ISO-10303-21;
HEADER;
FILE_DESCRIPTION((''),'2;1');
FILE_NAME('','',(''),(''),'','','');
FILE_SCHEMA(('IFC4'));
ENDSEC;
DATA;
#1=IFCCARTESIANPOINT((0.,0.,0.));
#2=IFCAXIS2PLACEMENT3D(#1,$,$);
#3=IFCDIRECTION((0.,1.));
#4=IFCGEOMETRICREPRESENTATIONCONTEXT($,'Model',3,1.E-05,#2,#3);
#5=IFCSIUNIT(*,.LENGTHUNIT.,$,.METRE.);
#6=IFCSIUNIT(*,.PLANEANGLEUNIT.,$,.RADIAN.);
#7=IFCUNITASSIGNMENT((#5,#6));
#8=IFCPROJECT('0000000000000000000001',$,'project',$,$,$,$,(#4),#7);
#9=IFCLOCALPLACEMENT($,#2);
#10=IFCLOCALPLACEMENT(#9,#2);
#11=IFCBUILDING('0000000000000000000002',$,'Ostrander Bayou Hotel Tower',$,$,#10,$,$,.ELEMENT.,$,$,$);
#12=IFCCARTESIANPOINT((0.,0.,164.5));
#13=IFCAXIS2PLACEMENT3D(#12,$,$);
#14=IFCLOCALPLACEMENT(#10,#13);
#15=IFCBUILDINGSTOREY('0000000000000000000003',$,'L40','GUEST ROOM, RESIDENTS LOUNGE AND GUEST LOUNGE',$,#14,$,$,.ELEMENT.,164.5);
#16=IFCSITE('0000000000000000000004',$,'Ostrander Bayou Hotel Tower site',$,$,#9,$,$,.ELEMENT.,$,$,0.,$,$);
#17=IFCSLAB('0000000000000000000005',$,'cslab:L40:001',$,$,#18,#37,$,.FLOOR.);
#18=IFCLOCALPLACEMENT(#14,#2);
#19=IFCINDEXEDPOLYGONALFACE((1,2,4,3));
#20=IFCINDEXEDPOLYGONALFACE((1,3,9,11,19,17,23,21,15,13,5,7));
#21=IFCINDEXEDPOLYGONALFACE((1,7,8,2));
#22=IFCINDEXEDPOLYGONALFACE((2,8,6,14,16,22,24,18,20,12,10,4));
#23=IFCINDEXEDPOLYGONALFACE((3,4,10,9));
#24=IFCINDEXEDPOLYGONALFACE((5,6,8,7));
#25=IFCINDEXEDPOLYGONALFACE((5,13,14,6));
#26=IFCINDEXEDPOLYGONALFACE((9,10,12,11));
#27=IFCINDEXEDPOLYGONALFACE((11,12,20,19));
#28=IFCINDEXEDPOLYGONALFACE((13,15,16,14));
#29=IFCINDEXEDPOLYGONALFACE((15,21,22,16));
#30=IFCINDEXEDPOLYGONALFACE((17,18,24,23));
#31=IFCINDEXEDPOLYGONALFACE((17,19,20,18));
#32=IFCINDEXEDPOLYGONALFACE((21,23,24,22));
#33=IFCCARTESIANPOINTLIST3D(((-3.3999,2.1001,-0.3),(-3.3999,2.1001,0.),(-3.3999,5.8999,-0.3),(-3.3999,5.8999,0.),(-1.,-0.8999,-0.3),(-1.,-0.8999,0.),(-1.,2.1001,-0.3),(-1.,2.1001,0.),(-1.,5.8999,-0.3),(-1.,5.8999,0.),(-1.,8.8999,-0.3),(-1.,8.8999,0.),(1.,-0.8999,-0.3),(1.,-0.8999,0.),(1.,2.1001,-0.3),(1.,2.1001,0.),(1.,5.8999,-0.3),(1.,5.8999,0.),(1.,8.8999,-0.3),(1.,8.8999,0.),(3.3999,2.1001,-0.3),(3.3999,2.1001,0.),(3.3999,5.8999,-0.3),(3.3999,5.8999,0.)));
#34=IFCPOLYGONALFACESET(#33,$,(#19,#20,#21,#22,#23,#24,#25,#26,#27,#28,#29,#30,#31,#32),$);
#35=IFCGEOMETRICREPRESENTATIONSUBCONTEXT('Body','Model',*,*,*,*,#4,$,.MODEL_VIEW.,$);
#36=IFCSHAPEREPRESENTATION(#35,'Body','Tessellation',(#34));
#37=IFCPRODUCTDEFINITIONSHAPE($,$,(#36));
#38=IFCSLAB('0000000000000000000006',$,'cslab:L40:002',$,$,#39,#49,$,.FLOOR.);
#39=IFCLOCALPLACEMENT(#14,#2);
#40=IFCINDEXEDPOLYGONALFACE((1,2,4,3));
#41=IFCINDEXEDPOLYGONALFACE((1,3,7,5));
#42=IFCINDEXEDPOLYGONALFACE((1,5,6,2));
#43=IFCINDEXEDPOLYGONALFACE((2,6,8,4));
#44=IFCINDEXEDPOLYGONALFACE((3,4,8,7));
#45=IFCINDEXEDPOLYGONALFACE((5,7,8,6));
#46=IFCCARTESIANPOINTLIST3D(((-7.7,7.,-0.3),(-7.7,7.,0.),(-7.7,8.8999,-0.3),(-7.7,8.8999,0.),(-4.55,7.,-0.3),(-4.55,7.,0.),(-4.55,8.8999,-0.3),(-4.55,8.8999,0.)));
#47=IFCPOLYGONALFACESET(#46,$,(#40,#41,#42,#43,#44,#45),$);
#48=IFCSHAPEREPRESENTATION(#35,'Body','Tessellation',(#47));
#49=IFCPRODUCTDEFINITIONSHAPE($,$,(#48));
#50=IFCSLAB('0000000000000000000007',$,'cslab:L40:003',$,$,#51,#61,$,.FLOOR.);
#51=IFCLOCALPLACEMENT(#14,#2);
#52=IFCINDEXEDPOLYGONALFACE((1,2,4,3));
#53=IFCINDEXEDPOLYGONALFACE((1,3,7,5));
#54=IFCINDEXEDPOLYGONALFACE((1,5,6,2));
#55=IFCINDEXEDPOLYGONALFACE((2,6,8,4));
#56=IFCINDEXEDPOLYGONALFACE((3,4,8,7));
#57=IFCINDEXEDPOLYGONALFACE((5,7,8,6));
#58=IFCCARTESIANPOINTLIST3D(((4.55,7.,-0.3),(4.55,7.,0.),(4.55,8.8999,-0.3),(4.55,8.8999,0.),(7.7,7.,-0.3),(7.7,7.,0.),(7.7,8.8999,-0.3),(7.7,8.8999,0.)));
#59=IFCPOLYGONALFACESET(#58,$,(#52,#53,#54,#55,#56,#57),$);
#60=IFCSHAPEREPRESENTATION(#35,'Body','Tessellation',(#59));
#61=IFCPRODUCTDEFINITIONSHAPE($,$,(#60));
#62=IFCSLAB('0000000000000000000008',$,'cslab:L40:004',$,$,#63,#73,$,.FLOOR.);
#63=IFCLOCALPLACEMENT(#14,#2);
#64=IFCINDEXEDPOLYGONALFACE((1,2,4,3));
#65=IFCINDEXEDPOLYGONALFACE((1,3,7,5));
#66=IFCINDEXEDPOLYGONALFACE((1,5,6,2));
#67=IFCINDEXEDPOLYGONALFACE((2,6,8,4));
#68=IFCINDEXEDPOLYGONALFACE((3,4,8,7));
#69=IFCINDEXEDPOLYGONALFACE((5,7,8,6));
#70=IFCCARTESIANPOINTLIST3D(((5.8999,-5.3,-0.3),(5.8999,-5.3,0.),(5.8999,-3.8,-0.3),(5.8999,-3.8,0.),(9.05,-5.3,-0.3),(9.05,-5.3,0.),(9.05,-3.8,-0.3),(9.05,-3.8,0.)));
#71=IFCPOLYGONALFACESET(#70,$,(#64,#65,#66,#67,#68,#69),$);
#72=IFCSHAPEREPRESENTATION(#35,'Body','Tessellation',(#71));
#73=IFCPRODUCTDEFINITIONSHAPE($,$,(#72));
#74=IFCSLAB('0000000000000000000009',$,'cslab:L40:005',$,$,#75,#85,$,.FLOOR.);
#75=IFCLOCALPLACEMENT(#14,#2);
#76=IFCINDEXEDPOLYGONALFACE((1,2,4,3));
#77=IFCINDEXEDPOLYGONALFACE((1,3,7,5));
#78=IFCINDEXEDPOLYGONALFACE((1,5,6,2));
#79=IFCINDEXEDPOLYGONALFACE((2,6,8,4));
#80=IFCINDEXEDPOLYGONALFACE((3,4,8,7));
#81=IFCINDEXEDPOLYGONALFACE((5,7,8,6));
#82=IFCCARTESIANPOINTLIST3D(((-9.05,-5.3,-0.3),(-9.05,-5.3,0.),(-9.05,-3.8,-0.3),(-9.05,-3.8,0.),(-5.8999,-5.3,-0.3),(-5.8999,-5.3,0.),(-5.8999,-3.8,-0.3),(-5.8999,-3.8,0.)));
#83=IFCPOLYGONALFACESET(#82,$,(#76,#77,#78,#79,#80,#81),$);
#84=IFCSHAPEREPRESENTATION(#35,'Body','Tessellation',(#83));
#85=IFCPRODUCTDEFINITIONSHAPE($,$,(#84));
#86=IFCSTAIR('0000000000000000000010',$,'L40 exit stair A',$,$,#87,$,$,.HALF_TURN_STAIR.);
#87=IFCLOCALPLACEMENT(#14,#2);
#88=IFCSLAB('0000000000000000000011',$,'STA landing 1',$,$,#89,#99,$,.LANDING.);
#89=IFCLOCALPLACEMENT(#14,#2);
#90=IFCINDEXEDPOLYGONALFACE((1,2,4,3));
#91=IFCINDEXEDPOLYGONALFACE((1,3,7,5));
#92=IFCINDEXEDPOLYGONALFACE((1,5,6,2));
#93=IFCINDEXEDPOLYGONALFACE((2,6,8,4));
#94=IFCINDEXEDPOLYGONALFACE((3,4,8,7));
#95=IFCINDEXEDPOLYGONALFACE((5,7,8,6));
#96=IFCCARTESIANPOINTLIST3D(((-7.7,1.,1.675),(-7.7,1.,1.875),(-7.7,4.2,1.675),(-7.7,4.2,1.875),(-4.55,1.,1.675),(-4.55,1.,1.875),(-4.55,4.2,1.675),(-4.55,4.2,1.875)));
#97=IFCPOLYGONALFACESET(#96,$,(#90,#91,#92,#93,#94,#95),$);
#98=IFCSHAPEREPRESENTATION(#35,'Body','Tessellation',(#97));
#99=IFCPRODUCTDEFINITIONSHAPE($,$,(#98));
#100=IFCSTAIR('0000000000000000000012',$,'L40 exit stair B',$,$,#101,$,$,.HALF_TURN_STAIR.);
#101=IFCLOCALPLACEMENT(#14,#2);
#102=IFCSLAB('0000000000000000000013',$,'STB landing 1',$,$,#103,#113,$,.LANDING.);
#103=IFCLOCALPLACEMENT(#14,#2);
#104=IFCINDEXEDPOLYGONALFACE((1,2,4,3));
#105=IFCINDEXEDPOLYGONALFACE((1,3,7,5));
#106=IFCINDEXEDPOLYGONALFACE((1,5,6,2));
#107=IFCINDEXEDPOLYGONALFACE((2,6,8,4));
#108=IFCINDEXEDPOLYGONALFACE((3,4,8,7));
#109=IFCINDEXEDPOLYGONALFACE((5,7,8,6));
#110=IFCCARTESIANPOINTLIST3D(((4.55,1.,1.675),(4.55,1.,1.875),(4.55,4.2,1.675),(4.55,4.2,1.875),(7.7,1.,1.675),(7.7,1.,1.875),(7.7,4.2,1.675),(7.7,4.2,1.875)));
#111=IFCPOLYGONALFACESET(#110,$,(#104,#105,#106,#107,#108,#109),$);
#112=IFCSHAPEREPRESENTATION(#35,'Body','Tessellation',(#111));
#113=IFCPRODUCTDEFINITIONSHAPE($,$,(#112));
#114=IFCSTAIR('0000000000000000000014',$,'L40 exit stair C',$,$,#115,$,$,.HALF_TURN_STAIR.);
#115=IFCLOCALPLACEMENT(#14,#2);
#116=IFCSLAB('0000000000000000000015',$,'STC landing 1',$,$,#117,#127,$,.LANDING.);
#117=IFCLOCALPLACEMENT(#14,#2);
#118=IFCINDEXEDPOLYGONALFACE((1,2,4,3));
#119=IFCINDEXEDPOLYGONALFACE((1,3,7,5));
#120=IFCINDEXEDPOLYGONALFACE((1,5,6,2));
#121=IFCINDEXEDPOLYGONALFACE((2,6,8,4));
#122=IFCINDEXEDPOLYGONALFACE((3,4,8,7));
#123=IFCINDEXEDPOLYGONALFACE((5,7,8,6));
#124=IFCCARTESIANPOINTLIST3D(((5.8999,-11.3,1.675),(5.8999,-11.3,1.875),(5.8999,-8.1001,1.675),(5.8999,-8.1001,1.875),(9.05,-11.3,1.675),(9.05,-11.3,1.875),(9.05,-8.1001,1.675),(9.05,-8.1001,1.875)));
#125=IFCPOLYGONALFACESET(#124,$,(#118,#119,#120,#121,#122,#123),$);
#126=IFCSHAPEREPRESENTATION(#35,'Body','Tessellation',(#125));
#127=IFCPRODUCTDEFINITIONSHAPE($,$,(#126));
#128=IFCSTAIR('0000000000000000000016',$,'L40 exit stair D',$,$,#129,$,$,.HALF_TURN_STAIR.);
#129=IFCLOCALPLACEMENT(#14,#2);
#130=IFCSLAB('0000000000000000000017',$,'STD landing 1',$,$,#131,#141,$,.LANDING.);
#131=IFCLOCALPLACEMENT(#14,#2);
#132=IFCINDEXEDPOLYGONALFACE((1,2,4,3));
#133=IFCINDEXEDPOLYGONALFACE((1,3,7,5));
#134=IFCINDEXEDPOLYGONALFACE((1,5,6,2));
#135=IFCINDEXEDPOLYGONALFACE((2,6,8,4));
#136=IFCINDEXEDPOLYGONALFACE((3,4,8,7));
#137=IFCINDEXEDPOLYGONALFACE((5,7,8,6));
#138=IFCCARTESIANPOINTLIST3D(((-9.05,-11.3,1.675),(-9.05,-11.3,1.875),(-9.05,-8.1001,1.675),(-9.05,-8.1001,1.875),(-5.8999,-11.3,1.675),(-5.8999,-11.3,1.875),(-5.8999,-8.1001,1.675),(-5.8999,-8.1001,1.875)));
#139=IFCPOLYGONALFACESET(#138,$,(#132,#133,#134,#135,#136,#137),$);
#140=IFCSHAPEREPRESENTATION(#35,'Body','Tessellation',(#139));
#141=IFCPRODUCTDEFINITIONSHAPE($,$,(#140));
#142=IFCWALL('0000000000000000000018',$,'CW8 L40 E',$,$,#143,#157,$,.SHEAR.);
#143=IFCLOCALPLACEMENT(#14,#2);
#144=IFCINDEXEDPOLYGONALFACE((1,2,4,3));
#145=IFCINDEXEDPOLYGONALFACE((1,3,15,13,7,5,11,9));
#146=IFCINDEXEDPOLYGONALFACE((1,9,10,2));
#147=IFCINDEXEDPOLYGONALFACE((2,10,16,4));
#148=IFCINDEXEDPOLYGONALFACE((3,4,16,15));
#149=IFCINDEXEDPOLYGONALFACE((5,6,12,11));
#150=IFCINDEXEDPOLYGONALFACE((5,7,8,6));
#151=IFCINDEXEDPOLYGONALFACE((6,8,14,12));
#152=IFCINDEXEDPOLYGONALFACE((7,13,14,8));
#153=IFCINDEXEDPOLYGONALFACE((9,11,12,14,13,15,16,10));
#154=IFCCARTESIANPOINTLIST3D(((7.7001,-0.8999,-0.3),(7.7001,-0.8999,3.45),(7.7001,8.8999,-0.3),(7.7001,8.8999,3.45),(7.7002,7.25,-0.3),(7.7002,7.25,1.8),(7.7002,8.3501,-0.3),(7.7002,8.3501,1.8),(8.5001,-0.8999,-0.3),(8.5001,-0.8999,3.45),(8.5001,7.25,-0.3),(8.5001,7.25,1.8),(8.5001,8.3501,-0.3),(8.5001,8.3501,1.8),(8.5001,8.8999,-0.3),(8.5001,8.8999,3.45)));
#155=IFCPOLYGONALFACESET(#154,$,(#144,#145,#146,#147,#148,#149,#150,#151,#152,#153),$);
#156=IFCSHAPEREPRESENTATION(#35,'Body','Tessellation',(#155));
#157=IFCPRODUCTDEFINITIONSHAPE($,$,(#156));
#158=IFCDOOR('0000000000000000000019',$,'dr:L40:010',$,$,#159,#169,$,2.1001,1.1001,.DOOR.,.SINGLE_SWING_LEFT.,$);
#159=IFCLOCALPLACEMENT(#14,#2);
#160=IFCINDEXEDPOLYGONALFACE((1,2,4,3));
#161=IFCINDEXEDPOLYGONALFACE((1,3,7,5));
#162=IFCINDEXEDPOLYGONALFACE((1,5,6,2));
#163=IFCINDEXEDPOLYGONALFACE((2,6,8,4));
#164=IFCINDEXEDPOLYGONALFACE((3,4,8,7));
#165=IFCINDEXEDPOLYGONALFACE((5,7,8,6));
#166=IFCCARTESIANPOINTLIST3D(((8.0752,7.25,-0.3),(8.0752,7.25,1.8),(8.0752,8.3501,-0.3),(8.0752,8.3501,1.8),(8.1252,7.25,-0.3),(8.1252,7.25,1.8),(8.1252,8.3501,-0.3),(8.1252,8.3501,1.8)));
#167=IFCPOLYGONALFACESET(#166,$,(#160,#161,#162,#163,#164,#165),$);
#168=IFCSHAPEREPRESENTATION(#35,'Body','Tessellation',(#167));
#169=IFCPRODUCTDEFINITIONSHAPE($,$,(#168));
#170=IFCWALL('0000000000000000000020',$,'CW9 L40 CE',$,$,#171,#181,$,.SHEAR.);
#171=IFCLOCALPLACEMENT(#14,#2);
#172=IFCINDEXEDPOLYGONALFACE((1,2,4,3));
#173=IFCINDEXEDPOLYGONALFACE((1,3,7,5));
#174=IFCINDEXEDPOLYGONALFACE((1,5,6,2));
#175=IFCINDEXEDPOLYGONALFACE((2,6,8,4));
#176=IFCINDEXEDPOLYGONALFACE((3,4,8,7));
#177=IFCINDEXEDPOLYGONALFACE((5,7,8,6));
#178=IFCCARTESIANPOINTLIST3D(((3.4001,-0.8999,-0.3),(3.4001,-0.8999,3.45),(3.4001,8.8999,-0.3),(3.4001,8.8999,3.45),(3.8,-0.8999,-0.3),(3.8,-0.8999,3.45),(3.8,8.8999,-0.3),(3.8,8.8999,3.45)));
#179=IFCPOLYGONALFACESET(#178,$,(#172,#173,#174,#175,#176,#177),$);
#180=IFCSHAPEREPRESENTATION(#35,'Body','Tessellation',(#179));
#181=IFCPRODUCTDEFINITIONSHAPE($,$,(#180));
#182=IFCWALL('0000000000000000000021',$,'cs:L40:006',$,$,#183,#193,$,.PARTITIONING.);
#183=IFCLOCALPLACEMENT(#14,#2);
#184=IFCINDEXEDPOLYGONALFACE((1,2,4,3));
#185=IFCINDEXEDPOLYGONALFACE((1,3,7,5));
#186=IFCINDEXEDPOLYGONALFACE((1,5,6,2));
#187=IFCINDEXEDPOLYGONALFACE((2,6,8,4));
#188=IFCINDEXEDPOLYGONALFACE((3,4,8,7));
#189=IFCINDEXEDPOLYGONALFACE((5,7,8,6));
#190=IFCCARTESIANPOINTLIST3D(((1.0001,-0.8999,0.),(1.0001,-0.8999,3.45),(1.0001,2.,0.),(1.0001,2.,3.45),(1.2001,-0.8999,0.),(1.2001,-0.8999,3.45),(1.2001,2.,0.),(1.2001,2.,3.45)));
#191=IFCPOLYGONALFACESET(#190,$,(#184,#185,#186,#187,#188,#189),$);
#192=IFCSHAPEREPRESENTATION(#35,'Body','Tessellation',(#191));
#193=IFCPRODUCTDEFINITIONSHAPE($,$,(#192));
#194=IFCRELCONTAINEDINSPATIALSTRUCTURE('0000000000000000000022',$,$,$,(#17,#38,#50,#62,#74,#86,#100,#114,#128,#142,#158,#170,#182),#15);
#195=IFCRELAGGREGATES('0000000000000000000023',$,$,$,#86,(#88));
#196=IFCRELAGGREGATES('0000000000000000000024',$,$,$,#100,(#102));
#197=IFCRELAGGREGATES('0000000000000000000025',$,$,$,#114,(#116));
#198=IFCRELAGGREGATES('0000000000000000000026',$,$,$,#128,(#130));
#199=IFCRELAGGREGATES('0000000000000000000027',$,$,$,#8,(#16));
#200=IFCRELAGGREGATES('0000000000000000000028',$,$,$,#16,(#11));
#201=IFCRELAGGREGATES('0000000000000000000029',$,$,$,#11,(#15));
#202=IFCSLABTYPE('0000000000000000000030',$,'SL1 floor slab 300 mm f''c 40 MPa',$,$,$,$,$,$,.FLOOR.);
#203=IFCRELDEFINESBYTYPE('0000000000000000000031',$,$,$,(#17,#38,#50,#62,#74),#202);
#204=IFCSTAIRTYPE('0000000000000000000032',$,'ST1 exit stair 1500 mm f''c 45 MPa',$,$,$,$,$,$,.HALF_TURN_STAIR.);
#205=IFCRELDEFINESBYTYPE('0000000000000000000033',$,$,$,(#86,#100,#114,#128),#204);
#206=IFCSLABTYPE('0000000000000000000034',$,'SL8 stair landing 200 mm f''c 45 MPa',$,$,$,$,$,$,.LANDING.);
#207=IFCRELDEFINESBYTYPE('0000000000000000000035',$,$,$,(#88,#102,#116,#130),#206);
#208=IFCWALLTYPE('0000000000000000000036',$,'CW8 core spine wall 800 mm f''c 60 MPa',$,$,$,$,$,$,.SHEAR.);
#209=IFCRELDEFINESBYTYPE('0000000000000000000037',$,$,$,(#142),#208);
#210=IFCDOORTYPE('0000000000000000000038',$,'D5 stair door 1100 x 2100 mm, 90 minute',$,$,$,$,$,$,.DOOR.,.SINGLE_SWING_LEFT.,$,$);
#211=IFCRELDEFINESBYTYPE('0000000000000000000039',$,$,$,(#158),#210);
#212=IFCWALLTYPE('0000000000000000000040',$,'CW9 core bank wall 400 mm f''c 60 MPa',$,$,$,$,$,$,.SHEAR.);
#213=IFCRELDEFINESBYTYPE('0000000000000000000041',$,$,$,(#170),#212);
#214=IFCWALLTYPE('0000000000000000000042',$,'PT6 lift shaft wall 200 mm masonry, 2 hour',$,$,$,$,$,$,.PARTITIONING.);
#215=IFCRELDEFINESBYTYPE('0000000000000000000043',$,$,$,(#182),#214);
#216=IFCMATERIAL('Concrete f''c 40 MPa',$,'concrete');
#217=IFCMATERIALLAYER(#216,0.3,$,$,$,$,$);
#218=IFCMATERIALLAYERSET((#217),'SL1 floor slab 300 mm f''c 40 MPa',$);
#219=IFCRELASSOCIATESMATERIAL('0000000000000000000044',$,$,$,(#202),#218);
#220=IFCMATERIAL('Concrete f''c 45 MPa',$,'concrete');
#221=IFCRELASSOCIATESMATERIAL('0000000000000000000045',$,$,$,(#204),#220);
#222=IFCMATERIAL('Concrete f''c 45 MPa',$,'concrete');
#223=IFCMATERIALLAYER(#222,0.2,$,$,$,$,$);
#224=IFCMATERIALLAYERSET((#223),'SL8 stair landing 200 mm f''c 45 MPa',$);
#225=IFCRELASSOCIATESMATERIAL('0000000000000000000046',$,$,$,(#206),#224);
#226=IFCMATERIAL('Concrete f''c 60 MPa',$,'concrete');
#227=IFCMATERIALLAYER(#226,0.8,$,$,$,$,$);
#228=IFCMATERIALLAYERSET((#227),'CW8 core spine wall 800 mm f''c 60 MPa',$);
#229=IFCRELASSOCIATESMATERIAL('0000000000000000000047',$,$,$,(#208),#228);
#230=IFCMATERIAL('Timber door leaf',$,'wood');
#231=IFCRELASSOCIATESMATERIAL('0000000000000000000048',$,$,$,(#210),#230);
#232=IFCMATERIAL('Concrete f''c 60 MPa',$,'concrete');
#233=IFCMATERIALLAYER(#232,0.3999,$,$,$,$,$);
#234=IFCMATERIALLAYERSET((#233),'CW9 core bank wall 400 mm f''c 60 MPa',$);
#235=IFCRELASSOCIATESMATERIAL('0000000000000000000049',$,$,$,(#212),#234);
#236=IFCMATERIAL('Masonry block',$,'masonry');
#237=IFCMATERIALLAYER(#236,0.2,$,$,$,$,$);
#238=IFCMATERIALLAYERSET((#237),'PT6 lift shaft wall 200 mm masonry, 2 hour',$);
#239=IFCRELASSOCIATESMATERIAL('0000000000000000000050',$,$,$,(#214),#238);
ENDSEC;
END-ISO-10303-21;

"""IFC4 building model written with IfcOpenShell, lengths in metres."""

from ifc_helpers import new_model, si_unit, direction, frame, frame_2d, origin, place, context, subcontext, project, spatial, polyline, rectangle, outline, extrude, material, layer, layer_set, type_object, element, fill, aggregate, save


model = new_model("IFC4")

# Units and contexts
model_context = context("Model", 3, precision=1e-05, world=origin(), true_north=direction((0.0, 1.0)))
body_context = subcontext(model_context, "Body", "Model", "MODEL_VIEW")
ifc_project = project(units=[si_unit("LENGTHUNIT", "METRE"), si_unit("PLANEANGLEUNIT", "RADIAN")], contexts=[model_context])

# Site, building, storey
site_placement = place(None, origin())
site = spatial("IfcSite", under=ifc_project, at=site_placement, Name="Ostrander Bayou Hotel Tower site", CompositionType="ELEMENT", RefElevation=0.0)
building_placement = place(site_placement, origin())
building = spatial("IfcBuilding", under=site, at=building_placement, Name="Ostrander Bayou Hotel Tower", CompositionType="ELEMENT")
storey_placement = place(building_placement, frame((0.0, 0.0, 164.5)))
storey = spatial("IfcBuildingStorey", under=building, at=storey_placement, Name="L40", Description="GUEST ROOM, RESIDENTS LOUNGE AND GUEST LOUNGE", CompositionType="ELEMENT", Elevation=164.5)

# Slabs
ifc_material_1 = material(Name="Concrete f'c 40 MPa", Category="concrete")
ifc_layer_1 = layer(ifc_material_1, 0.3)
ifc_layer_set_1 = layer_set([ifc_layer_1], Name="SL1 floor slab 300 mm f'c 40 MPa")
slab_type_1 = type_object("IfcSlabType", Name="SL1 floor slab 300 mm f'c 40 MPa", PredefinedType="FLOOR", material=ifc_layer_set_1)
slab_1_placement = place(storey_placement, frame((0.0, 0.0, -0.3)))
element("IfcSlab", 1, at=slab_1_placement, inside=storey, type_object=slab_type_1, Name="cslab:L40:001", PredefinedType="FLOOR", context=body_context, shape_type="SweptSolid", body=[
    extrude(outline(polyline([(-3.3999, 5.8999), (-1.0, 5.8999), (-1.0, 8.8999), (1.0, 8.8999), (1.0, 5.8999), (3.3999, 5.8999), (3.3999, 2.1001), (1.0, 2.1001), (1.0, -0.8999), (-1.0, -0.8999), (-1.0, 2.1001), (-3.3999, 2.1001), (-3.3999, 5.8999)])), origin(), (0.0, 0.0, 1.0), 0.3),
])
slab_2_placement = place(storey_placement, frame((0.0, 0.0, -0.3)))
element("IfcSlab", 2, at=slab_2_placement, inside=storey, type_object=slab_type_1, Name="cslab:L40:002", PredefinedType="FLOOR", context=body_context, shape_type="SweptSolid", body=[
    extrude(outline(polyline([(-4.55, 7.0), (-4.55, 8.8999), (-7.7, 8.8999), (-7.7, 7.0), (-4.55, 7.0)])), origin(), (0.0, 0.0, 1.0), 0.3),
])
slab_3_placement = place(storey_placement, frame((0.0, 0.0, -0.3)))
element("IfcSlab", 3, at=slab_3_placement, inside=storey, type_object=slab_type_1, Name="cslab:L40:003", PredefinedType="FLOOR", context=body_context, shape_type="SweptSolid", body=[
    extrude(outline(polyline([(7.7, 7.0), (7.7, 8.8999), (4.55, 8.8999), (4.55, 7.0), (7.7, 7.0)])), origin(), (0.0, 0.0, 1.0), 0.3),
])
slab_4_placement = place(storey_placement, frame((0.0, 0.0, -0.3)))
element("IfcSlab", 4, at=slab_4_placement, inside=storey, type_object=slab_type_1, Name="cslab:L40:004", PredefinedType="FLOOR", context=body_context, shape_type="SweptSolid", body=[
    extrude(outline(polyline([(9.05, -5.3), (9.05, -3.8), (5.8999, -3.8), (5.8999, -5.3), (9.05, -5.3)])), origin(), (0.0, 0.0, 1.0), 0.3),
])
slab_5_placement = place(storey_placement, frame((0.0, 0.0, -0.3)))
element("IfcSlab", 5, at=slab_5_placement, inside=storey, type_object=slab_type_1, Name="cslab:L40:005", PredefinedType="FLOOR", context=body_context, shape_type="SweptSolid", body=[
    extrude(outline(polyline([(-5.8999, -5.3), (-5.8999, -3.8), (-9.05, -3.8), (-9.05, -5.3), (-5.8999, -5.3)])), origin(), (0.0, 0.0, 1.0), 0.3),
])

# Stairs, slabs
ifc_material_2 = material(Name="Concrete f'c 45 MPa", Category="concrete")
stair_type = type_object("IfcStairType", Name="ST1 exit stair 1500 mm f'c 45 MPa", PredefinedType="HALF_TURN_STAIR", material=ifc_material_2)
stair_1_placement = place(storey_placement, origin())
stair_1 = element("IfcStair", 6, at=stair_1_placement, inside=storey, type_object=stair_type, Name="L40 exit stair A", PredefinedType="HALF_TURN_STAIR")
ifc_material_3 = material(Name="Concrete f'c 45 MPa", Category="concrete")
ifc_layer_2 = layer(ifc_material_3, 0.2)
ifc_layer_set_2 = layer_set([ifc_layer_2], Name="SL8 stair landing 200 mm f'c 45 MPa")
slab_type_2 = type_object("IfcSlabType", Name="SL8 stair landing 200 mm f'c 45 MPa", PredefinedType="LANDING", material=ifc_layer_set_2)
slab_6_placement = place(storey_placement, frame((0.0, 0.0, 1.675)))
slab_6 = element("IfcSlab", 7, at=slab_6_placement, type_object=slab_type_2, Name="STA landing 1", PredefinedType="LANDING", context=body_context, shape_type="SweptSolid", body=[
    extrude(outline(polyline([(-7.7, 4.2), (-7.7, 1.0), (-4.55, 1.0), (-4.55, 4.2), (-7.7, 4.2)])), origin(), (0.0, 0.0, 1.0), 0.2),
])
aggregate(stair_1, [slab_6])
stair_2_placement = place(storey_placement, origin())
stair_2 = element("IfcStair", 8, at=stair_2_placement, inside=storey, type_object=stair_type, Name="L40 exit stair B", PredefinedType="HALF_TURN_STAIR")
slab_7_placement = place(storey_placement, frame((0.0, 0.0, 1.675)))
slab_7 = element("IfcSlab", 9, at=slab_7_placement, type_object=slab_type_2, Name="STB landing 1", PredefinedType="LANDING", context=body_context, shape_type="SweptSolid", body=[
    extrude(outline(polyline([(4.55, 4.2), (4.55, 1.0), (7.7, 1.0), (7.7, 4.2), (4.55, 4.2)])), origin(), (0.0, 0.0, 1.0), 0.2),
])
aggregate(stair_2, [slab_7])
stair_3_placement = place(storey_placement, origin())
stair_3 = element("IfcStair", 10, at=stair_3_placement, inside=storey, type_object=stair_type, Name="L40 exit stair C", PredefinedType="HALF_TURN_STAIR")
slab_8_placement = place(storey_placement, frame((0.0, 0.0, 1.675)))
slab_8 = element("IfcSlab", 11, at=slab_8_placement, type_object=slab_type_2, Name="STC landing 1", PredefinedType="LANDING", context=body_context, shape_type="SweptSolid", body=[
    extrude(outline(polyline([(5.8999, -8.1001), (5.8999, -11.3), (9.05, -11.3), (9.05, -8.1001), (5.8999, -8.1001)])), origin(), (0.0, 0.0, 1.0), 0.2),
])
aggregate(stair_3, [slab_8])
stair_4_placement = place(storey_placement, origin())
stair_4 = element("IfcStair", 12, at=stair_4_placement, inside=storey, type_object=stair_type, Name="L40 exit stair D", PredefinedType="HALF_TURN_STAIR")
slab_9_placement = place(storey_placement, frame((0.0, 0.0, 1.675)))
slab_9 = element("IfcSlab", 13, at=slab_9_placement, type_object=slab_type_2, Name="STD landing 1", PredefinedType="LANDING", context=body_context, shape_type="SweptSolid", body=[
    extrude(outline(polyline([(-9.05, -8.1001), (-9.05, -11.3), (-5.8999, -11.3), (-5.8999, -8.1001), (-9.05, -8.1001)])), origin(), (0.0, 0.0, 1.0), 0.2),
])
aggregate(stair_4, [slab_9])

# Wall, opening, door
ifc_material_4 = material(Name="Concrete f'c 60 MPa", Category="concrete")
ifc_layer_3 = layer(ifc_material_4, 0.8)
ifc_layer_set_3 = layer_set([ifc_layer_3], Name="CW8 core spine wall 800 mm f'c 60 MPa")
wall_type_1 = type_object("IfcWallType", Name="CW8 core spine wall 800 mm f'c 60 MPa", PredefinedType="SHEAR", material=ifc_layer_set_3)
wall_1_placement = place(storey_placement, frame((8.1001, -0.8999, -0.3), z_axis=(0.0, 0.0, 1.0), x_axis=(0.0, 1.0, 0.0)))
wall_1 = element("IfcWall", 14, at=wall_1_placement, inside=storey, type_object=wall_type_1, Name="CW8 L40 E", PredefinedType="SHEAR", context=body_context, shape_type="SweptSolid", body=[
    extrude(rectangle(XDim=9.7998, YDim=0.8, at=frame_2d((4.8999, 0.0))), origin(), (0.0, 0.0, 1.0), 3.75),
])
opening_1_placement = place(wall_1_placement, frame((8.1499, 0.0, 0.0)))
opening_1 = element("IfcOpeningElement", 15, at=opening_1_placement, cuts=wall_1, PredefinedType="OPENING", context=body_context, shape_type="SweptSolid", body=[
    extrude(rectangle(XDim=1.1001, YDim=2.1001, at=frame_2d((0.55, 1.05))), frame((0.0, 0.3999, 0.0), z_axis=(0.0, -1.0, 0.0), x_axis=(1.0, 0.0, 0.0)), (0.0, 0.0, 1.0), 0.8),
])
ifc_material_5 = material(Name="Timber door leaf", Category="wood")
door_type_1 = type_object("IfcDoorType", Name="D5 stair door 1100 x 2100 mm, 90 minute", OperationType="SINGLE_SWING_LEFT", PredefinedType="DOOR", material=ifc_material_5)
door_1_placement = place(opening_1_placement, origin())
door_1 = element("IfcDoor", 16, at=door_1_placement, inside=storey, type_object=door_type_1, Name="dr:L40:010", OperationType="SINGLE_SWING_LEFT", OverallHeight=2.1001, OverallWidth=1.1001, PredefinedType="DOOR", context=body_context, shape_type="SweptSolid", body=[
    extrude(rectangle(XDim=1.1001, YDim=2.1001, at=frame_2d((0.55, 1.05))), frame((0.0, 0.0249, 0.0), z_axis=(0.0, -1.0, 0.0), x_axis=(1.0, 0.0, 0.0)), (0.0, 0.0, 1.0), 0.05),
])
fill(opening_1, door_1)

# Wall
ifc_material_6 = material(Name="Concrete f'c 60 MPa", Category="concrete")
ifc_layer_4 = layer(ifc_material_6, 0.3999)
ifc_layer_set_4 = layer_set([ifc_layer_4], Name="CW9 core bank wall 400 mm f'c 60 MPa")
wall_type_2 = type_object("IfcWallType", Name="CW9 core bank wall 400 mm f'c 60 MPa", PredefinedType="SHEAR", material=ifc_layer_set_4)
wall_2_placement = place(storey_placement, frame((3.6001, -0.8999, -0.3), z_axis=(0.0, 0.0, 1.0), x_axis=(0.0, 1.0, 0.0)))
element("IfcWall", 17, at=wall_2_placement, inside=storey, type_object=wall_type_2, Name="CW9 L40 CE", PredefinedType="SHEAR", context=body_context, shape_type="SweptSolid", body=[
    extrude(rectangle(XDim=9.7998, YDim=0.3999, at=frame_2d((4.8999, 0.0))), origin(), (0.0, 0.0, 1.0), 3.75),
])

# Shared definitions
ifc_material_7 = material(Name="Masonry block", Category="masonry")
ifc_layer_5 = layer(ifc_material_7, 0.2)
ifc_layer_set_5 = layer_set([ifc_layer_5], Name="PT6 lift shaft wall 200 mm masonry, 2 hour")
wall_type_3 = type_object("IfcWallType", Name="PT6 lift shaft wall 200 mm masonry, 2 hour", PredefinedType="PARTITIONING", material=ifc_layer_set_5)

# Wall
wall_3_placement = place(storey_placement, frame((1.1001, -0.8999, 0.0), z_axis=(0.0, 0.0, 1.0), x_axis=(0.0, 1.0, 0.0)))
element("IfcWall", 18, at=wall_3_placement, inside=storey, type_object=wall_type_3, Name="cs:L40:006", PredefinedType="PARTITIONING", context=body_context, shape_type="SweptSolid", body=[
    extrude(rectangle(XDim=2.8999, YDim=0.2, at=frame_2d((1.45, 0.0))), origin(), (0.0, 0.0, 1.0), 3.45),
])

save(model, "model.ifc")
